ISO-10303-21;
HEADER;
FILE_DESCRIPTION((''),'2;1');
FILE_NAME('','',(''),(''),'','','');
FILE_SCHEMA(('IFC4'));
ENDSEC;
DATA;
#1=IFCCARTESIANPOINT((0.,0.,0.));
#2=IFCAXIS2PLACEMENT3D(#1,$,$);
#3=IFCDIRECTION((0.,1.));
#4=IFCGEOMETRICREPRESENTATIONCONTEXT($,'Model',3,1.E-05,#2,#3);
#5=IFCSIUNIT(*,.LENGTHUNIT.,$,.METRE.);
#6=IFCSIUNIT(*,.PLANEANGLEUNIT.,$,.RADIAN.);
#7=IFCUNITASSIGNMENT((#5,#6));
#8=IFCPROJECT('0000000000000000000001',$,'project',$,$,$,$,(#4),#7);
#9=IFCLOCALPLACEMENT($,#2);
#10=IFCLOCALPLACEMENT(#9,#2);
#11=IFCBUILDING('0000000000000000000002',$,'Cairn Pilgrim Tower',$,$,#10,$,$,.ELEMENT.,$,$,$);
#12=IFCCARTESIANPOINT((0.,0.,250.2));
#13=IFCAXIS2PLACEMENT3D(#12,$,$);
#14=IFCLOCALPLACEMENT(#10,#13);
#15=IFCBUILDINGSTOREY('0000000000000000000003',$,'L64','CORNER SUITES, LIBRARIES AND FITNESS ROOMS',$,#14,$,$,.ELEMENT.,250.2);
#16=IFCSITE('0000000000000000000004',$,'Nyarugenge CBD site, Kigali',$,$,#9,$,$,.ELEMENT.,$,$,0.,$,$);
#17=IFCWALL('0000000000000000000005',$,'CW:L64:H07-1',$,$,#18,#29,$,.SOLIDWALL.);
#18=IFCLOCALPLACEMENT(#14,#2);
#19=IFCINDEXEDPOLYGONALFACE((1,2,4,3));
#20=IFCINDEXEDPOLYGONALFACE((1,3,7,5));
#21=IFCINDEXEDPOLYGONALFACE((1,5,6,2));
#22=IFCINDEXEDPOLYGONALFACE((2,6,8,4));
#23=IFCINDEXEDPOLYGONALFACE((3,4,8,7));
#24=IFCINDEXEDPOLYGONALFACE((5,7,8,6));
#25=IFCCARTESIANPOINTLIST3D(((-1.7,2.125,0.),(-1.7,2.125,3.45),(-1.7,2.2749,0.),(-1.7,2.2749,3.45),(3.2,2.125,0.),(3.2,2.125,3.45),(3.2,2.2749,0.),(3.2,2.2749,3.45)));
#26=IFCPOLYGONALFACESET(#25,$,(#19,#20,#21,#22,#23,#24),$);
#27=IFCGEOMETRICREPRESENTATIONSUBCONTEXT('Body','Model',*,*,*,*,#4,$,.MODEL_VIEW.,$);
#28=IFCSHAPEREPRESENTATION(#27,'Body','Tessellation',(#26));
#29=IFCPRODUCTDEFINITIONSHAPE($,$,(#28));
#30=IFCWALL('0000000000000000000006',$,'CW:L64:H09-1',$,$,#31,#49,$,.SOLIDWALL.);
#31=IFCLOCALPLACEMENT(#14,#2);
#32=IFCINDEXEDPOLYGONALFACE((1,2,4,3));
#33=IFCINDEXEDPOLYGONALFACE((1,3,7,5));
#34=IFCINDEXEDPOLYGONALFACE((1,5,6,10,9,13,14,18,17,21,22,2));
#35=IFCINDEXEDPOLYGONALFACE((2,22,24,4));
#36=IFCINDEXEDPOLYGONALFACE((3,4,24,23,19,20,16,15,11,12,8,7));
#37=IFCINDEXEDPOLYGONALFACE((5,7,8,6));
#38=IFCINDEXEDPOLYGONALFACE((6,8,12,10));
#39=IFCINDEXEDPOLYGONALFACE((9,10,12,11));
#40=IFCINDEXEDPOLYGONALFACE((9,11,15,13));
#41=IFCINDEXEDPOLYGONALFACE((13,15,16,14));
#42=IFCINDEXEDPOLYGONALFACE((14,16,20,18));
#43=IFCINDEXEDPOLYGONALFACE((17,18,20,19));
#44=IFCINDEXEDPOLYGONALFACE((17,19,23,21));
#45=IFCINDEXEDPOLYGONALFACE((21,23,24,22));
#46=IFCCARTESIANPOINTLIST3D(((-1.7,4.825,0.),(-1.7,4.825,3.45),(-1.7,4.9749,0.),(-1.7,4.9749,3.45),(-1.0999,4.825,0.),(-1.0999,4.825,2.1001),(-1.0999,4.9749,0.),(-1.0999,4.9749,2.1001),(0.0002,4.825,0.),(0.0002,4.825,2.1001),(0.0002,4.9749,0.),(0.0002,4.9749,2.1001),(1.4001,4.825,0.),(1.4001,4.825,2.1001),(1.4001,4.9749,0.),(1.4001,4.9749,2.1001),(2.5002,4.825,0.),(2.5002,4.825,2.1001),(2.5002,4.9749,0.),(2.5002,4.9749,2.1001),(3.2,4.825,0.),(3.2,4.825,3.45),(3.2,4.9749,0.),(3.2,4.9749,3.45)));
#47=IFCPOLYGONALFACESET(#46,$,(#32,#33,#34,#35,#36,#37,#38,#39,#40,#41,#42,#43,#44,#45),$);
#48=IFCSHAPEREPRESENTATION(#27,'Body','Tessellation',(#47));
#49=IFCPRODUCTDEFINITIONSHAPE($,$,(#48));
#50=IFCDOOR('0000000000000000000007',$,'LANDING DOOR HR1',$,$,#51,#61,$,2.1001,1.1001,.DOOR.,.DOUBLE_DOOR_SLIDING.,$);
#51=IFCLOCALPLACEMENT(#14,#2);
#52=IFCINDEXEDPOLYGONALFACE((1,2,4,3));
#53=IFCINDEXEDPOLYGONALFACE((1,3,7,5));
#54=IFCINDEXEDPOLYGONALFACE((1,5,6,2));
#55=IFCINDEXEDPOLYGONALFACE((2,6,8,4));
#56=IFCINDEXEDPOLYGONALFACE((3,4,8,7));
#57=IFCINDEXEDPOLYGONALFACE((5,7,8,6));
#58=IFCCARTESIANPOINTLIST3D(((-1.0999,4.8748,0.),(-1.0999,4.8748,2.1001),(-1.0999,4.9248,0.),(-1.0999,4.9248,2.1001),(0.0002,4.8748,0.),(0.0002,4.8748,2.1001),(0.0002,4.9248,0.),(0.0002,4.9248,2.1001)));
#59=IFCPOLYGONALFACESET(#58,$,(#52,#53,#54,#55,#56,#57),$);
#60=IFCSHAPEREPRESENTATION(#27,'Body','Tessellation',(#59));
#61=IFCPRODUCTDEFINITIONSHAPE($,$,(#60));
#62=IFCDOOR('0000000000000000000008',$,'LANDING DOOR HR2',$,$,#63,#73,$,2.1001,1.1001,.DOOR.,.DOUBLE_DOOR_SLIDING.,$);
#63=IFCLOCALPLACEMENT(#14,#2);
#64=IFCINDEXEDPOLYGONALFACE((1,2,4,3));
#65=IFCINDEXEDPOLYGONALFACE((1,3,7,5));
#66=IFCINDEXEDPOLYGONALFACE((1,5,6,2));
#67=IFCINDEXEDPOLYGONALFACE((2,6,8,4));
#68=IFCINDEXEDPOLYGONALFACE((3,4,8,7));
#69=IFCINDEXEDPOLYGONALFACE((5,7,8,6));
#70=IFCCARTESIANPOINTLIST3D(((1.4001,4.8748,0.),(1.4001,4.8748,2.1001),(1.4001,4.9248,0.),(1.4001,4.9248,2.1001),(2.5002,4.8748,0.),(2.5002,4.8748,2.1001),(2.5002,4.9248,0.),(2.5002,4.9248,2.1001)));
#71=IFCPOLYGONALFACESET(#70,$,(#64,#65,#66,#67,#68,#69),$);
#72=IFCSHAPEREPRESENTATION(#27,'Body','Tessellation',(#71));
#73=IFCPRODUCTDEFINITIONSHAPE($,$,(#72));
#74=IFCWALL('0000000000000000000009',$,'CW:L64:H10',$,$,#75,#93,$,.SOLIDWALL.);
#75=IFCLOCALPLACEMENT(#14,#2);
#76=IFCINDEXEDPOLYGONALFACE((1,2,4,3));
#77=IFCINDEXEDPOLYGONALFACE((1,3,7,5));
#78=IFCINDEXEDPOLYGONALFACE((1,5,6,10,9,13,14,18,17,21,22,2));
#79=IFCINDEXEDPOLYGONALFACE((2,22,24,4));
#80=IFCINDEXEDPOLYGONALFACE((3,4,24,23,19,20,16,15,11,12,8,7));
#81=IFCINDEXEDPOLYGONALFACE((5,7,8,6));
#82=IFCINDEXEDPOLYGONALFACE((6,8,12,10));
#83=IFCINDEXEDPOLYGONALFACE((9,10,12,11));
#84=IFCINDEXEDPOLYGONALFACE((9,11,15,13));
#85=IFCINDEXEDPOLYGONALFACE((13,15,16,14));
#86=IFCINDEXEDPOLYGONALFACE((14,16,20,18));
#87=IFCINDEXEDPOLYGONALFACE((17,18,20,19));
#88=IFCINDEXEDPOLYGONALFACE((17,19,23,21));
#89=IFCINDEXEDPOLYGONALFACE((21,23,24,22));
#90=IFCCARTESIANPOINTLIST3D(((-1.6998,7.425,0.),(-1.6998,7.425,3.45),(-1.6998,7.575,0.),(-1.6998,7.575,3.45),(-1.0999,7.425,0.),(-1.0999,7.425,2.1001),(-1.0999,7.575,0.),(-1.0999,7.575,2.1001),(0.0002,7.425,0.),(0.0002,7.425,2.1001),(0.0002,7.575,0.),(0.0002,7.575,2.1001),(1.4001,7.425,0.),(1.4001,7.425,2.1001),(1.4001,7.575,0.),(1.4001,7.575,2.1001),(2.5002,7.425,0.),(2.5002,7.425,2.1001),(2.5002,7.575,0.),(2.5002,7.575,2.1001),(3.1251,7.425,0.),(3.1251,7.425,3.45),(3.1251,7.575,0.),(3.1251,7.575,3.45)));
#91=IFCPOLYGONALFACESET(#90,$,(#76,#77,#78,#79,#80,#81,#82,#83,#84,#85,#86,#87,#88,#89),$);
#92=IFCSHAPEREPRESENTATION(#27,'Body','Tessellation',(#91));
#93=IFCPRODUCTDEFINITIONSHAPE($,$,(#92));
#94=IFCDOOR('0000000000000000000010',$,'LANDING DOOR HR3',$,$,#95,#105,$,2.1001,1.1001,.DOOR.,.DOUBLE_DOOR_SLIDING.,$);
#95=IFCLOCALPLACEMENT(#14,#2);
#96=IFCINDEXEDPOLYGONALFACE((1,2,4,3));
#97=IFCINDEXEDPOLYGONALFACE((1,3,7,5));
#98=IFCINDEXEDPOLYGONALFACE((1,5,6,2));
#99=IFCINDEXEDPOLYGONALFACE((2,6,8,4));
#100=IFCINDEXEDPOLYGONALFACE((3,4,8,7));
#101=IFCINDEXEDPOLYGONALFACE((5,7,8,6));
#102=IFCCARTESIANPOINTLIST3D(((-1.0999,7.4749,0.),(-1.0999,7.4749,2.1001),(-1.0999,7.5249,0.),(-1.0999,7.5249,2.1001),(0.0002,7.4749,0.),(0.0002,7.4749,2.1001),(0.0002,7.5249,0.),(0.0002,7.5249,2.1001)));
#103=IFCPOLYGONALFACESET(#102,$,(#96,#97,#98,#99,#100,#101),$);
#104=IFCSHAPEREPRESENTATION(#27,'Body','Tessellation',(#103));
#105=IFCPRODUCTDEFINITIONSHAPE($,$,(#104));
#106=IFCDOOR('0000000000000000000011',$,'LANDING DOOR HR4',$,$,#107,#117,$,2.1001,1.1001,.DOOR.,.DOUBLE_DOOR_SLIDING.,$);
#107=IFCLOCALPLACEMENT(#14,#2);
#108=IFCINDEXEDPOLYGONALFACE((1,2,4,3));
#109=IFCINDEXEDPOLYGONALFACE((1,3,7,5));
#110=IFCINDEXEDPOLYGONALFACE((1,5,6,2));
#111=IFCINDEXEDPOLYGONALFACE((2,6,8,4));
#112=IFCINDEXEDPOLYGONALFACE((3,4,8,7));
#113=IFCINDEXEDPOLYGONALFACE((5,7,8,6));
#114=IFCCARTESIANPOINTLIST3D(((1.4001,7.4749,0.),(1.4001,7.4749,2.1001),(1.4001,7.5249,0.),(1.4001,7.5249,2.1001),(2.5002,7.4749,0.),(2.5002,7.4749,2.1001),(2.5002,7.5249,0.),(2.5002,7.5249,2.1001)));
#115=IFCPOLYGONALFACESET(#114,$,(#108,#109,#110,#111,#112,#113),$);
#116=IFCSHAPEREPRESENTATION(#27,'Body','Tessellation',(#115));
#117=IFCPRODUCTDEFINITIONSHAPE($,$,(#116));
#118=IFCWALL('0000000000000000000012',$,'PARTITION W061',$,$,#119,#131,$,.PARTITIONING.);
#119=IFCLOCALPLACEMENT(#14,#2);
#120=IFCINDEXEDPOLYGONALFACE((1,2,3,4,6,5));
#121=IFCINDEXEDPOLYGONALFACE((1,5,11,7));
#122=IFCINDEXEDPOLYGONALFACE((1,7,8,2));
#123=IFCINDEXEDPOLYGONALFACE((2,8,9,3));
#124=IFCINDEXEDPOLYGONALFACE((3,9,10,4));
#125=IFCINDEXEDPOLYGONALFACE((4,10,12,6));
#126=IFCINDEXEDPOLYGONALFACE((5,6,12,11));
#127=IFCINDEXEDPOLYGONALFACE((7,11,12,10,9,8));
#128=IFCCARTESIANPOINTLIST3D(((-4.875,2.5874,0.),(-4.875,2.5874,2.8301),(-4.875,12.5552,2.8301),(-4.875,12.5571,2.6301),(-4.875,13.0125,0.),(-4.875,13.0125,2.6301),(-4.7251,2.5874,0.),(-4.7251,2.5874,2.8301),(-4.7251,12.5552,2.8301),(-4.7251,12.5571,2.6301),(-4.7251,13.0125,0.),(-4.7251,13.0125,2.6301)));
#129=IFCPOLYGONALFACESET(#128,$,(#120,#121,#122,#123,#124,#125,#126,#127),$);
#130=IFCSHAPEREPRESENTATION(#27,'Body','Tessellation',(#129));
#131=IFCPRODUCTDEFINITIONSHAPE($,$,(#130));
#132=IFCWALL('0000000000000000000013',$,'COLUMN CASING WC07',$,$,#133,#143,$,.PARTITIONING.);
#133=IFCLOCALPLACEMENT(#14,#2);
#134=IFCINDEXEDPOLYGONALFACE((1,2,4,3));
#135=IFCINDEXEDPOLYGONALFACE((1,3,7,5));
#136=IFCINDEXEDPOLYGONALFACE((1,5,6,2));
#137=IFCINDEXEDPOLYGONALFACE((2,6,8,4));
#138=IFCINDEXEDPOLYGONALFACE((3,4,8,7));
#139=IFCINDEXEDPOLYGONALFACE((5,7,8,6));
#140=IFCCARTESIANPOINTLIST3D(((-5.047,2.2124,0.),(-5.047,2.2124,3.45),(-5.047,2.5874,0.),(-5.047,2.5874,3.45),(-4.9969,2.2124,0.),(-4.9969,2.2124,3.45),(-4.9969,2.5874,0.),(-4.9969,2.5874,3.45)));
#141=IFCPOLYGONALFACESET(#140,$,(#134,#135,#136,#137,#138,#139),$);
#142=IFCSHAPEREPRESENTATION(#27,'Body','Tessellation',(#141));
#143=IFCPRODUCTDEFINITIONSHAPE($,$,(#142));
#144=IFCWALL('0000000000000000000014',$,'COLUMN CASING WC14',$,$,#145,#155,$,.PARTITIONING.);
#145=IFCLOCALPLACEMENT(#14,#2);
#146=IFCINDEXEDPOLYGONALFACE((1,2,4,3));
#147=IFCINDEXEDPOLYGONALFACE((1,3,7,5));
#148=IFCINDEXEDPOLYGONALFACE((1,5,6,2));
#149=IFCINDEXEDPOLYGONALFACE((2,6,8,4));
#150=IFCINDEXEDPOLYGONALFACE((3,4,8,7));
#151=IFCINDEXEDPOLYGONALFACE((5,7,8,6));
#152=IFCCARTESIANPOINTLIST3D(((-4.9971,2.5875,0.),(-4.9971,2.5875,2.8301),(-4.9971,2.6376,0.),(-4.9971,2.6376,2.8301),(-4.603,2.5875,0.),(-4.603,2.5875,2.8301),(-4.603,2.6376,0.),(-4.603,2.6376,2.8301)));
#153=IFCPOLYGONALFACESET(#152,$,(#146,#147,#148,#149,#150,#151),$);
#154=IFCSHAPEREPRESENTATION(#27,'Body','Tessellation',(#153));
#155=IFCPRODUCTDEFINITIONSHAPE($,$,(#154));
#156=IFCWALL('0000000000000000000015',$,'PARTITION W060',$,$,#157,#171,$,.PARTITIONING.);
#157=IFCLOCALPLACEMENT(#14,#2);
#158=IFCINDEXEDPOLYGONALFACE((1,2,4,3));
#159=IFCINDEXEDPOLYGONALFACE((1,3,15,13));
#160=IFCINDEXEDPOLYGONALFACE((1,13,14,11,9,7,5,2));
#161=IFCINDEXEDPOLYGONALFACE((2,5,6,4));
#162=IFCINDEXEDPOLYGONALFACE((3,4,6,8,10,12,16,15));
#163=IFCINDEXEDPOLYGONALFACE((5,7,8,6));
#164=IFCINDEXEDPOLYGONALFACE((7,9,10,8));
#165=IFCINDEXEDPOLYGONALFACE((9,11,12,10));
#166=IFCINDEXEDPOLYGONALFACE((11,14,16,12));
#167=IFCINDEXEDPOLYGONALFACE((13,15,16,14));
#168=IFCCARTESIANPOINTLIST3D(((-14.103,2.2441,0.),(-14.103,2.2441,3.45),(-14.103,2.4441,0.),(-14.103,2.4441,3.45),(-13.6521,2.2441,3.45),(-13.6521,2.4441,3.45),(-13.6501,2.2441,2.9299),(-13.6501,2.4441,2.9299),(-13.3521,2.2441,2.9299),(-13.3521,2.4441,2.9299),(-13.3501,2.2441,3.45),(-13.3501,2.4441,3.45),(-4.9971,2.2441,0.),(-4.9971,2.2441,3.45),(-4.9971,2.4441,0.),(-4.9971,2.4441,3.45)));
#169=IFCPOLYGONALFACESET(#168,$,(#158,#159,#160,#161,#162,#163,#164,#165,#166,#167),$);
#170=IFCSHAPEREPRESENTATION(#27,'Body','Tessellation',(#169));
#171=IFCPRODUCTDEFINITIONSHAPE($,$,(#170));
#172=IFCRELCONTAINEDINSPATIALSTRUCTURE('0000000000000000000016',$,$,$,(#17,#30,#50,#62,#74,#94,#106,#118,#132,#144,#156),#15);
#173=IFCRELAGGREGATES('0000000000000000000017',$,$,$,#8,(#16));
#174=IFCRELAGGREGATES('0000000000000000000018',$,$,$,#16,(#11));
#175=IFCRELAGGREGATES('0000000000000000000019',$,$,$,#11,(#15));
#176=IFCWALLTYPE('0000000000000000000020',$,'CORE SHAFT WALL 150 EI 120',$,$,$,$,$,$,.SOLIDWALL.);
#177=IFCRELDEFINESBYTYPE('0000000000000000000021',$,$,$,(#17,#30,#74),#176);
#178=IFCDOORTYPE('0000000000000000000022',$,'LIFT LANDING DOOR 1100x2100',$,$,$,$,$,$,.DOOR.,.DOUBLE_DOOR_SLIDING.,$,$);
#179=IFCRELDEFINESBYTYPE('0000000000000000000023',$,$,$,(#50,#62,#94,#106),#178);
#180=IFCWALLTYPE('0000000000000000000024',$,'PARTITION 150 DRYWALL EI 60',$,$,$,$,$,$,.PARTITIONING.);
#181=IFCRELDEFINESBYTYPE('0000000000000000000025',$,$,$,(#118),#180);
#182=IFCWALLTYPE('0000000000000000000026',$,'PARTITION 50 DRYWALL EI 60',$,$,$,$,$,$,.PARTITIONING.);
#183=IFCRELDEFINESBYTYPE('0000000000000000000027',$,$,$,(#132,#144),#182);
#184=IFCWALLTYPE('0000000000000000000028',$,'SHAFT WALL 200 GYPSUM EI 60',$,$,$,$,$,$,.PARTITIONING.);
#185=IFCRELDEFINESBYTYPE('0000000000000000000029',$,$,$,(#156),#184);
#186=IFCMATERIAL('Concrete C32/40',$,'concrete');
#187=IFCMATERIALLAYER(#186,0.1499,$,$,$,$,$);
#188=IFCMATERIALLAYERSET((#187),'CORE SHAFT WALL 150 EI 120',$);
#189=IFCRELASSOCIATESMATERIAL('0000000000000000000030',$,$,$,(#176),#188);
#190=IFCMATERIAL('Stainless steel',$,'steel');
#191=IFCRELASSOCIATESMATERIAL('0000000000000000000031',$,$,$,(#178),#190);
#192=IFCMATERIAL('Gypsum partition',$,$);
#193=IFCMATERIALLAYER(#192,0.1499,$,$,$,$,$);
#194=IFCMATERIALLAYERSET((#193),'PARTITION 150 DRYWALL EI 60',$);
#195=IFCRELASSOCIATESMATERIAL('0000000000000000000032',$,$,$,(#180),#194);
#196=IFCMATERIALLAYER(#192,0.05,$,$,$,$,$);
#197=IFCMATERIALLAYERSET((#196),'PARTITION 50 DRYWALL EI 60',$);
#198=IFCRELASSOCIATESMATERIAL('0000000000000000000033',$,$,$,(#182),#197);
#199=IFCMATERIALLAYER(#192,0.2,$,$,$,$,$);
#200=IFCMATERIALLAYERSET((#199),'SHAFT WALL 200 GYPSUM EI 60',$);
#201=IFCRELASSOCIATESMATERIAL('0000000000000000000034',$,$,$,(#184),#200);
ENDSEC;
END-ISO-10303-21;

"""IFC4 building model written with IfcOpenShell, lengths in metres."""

from ifc_helpers import new_model, si_unit, direction, frame, frame_2d, origin, place, context, subcontext, project, spatial, polyline, rectangle, outline, extrude, material, layer, layer_set, type_object, element, fill, save


model = new_model("IFC4")

# Units and contexts
model_context = context("Model", 3, precision=1e-05, world=origin(), true_north=direction((0.0, 1.0)))
body_context = subcontext(model_context, "Body", "Model", "MODEL_VIEW")
ifc_project = project(units=[si_unit("LENGTHUNIT", "METRE"), si_unit("PLANEANGLEUNIT", "RADIAN")], contexts=[model_context])

# Site, building, storey
site_placement = place(None, origin())
site = spatial("IfcSite", under=ifc_project, at=site_placement, Name="Nyarugenge CBD site, Kigali", CompositionType="ELEMENT", RefElevation=0.0)
building_placement = place(site_placement, origin())
building = spatial("IfcBuilding", under=site, at=building_placement, Name="Cairn Pilgrim Tower", CompositionType="ELEMENT")
storey_placement = place(building_placement, frame((0.0, 0.0, 250.2)))
storey = spatial("IfcBuildingStorey", under=building, at=storey_placement, Name="L64", Description="CORNER SUITES, LIBRARIES AND FITNESS ROOMS", CompositionType="ELEMENT", Elevation=250.2)

# Shared definitions
ifc_material_1 = material(Name="Concrete C32/40", Category="concrete")

# Wall
ifc_layer_1 = layer(ifc_material_1, 0.1499)
ifc_layer_set_1 = layer_set([ifc_layer_1], Name="CORE SHAFT WALL 150 EI 120")
wall_type_1 = type_object("IfcWallType", Name="CORE SHAFT WALL 150 EI 120", PredefinedType="SOLIDWALL", material=ifc_layer_set_1)
wall_1_placement = place(storey_placement, frame((-1.7, 2.2, 0.0), z_axis=(0.0, 0.0, 1.0), x_axis=(1.0, 0.0, 0.0)))
element("IfcWall", 1, at=wall_1_placement, inside=storey, type_object=wall_type_1, Name="CW:L64:H07-1", PredefinedType="SOLIDWALL", context=body_context, shape_type="SweptSolid", body=[
    extrude(rectangle(XDim=4.8999, YDim=0.1499, at=frame_2d((2.45, 0.0))), origin(), (0.0, 0.0, 1.0), 3.45),
])

# Walls, openings, doors
wall_2_placement = place(storey_placement, frame((-1.7, 4.8999, 0.0), z_axis=(0.0, 0.0, 1.0), x_axis=(1.0, 0.0, 0.0)))
wall_2 = element("IfcWall", 2, at=wall_2_placement, inside=storey, type_object=wall_type_1, Name="CW:L64:H09-1", PredefinedType="SOLIDWALL", context=body_context, shape_type="SweptSolid", body=[
    extrude(rectangle(XDim=4.8999, YDim=0.1499, at=frame_2d((2.45, 0.0))), origin(), (0.0, 0.0, 1.0), 3.45),
])
opening_1_placement = place(wall_2_placement, frame((0.6001, 0.0, 0.0)))
opening_1 = element("IfcOpeningElement", 3, at=opening_1_placement, cuts=wall_2, PredefinedType="OPENING", context=body_context, shape_type="SweptSolid", body=[
    extrude(rectangle(XDim=1.1001, YDim=2.1001, at=frame_2d((0.55, 1.05))), frame((0.0, 0.085, 0.0), z_axis=(0.0, -1.0, 0.0), x_axis=(1.0, 0.0, 0.0)), (0.0, 0.0, 1.0), 0.1699),
])
opening_2_placement = place(wall_2_placement, frame((3.1001, 0.0, 0.0)))
opening_2 = element("IfcOpeningElement", 4, at=opening_2_placement, cuts=wall_2, PredefinedType="OPENING", context=body_context, shape_type="SweptSolid", body=[
    extrude(rectangle(XDim=1.1001, YDim=2.1001, at=frame_2d((0.55, 1.05))), frame((0.0, 0.085, 0.0), z_axis=(0.0, -1.0, 0.0), x_axis=(1.0, 0.0, 0.0)), (0.0, 0.0, 1.0), 0.1699),
])
ifc_material_2 = material(Name="Stainless steel", Category="steel")
door_type = type_object("IfcDoorType", Name="LIFT LANDING DOOR 1100x2100", OperationType="DOUBLE_DOOR_SLIDING", PredefinedType="DOOR", material=ifc_material_2)
door_1_placement = place(opening_1_placement, origin())
door_1 = element("IfcDoor", 5, at=door_1_placement, inside=storey, type_object=door_type, Name="LANDING DOOR HR1", OperationType="DOUBLE_DOOR_SLIDING", OverallHeight=2.1001, OverallWidth=1.1001, PredefinedType="DOOR", context=body_context, shape_type="SweptSolid", body=[
    extrude(rectangle(XDim=1.1001, YDim=2.1001, at=frame_2d((0.55, 1.05))), frame((0.0, 0.0249, 0.0), z_axis=(0.0, -1.0, 0.0), x_axis=(1.0, 0.0, 0.0)), (0.0, 0.0, 1.0), 0.05),
])
fill(opening_1, door_1)
door_2_placement = place(opening_2_placement, origin())
door_2 = element("IfcDoor", 6, at=door_2_placement, inside=storey, type_object=door_type, Name="LANDING DOOR HR2", OperationType="DOUBLE_DOOR_SLIDING", OverallHeight=2.1001, OverallWidth=1.1001, PredefinedType="DOOR", context=body_context, shape_type="SweptSolid", body=[
    extrude(rectangle(XDim=1.1001, YDim=2.1001, at=frame_2d((0.55, 1.05))), frame((0.0, 0.0249, 0.0), z_axis=(0.0, -1.0, 0.0), x_axis=(1.0, 0.0, 0.0)), (0.0, 0.0, 1.0), 0.05),
])
fill(opening_2, door_2)
wall_3_placement = place(storey_placement, frame((-1.7, 7.5, 0.0), z_axis=(0.0, 0.0, 1.0), x_axis=(1.0, 0.0, 0.0)))
wall_3 = element("IfcWall", 7, at=wall_3_placement, inside=storey, type_object=wall_type_1, Name="CW:L64:H10", PredefinedType="SOLIDWALL", context=body_context, shape_type="SweptSolid", body=[
    extrude(rectangle(XDim=4.825, YDim=0.1499, at=frame_2d((2.4126, 0.0))), origin(), (0.0, 0.0, 1.0), 3.45),
])
opening_3_placement = place(wall_3_placement, frame((0.6001, 0.0, 0.0)))
opening_3 = element("IfcOpeningElement", 8, at=opening_3_placement, cuts=wall_3, PredefinedType="OPENING", context=body_context, shape_type="SweptSolid", body=[
    extrude(rectangle(XDim=1.1001, YDim=2.1001, at=frame_2d((0.55, 1.05))), frame((0.0, 0.085, 0.0), z_axis=(0.0, -1.0, 0.0), x_axis=(1.0, 0.0, 0.0)), (0.0, 0.0, 1.0), 0.1699),
])
opening_4_placement = place(wall_3_placement, frame((3.1001, 0.0, 0.0)))
opening_4 = element("IfcOpeningElement", 9, at=opening_4_placement, cuts=wall_3, PredefinedType="OPENING", context=body_context, shape_type="SweptSolid", body=[
    extrude(rectangle(XDim=1.1001, YDim=2.1001, at=frame_2d((0.55, 1.05))), frame((0.0, 0.085, 0.0), z_axis=(0.0, -1.0, 0.0), x_axis=(1.0, 0.0, 0.0)), (0.0, 0.0, 1.0), 0.1699),
])
door_3_placement = place(opening_3_placement, origin())
door_3 = element("IfcDoor", 10, at=door_3_placement, inside=storey, type_object=door_type, Name="LANDING DOOR HR3", OperationType="DOUBLE_DOOR_SLIDING", OverallHeight=2.1001, OverallWidth=1.1001, PredefinedType="DOOR", context=body_context, shape_type="SweptSolid", body=[
    extrude(rectangle(XDim=1.1001, YDim=2.1001, at=frame_2d((0.55, 1.05))), frame((0.0, 0.0249, 0.0), z_axis=(0.0, -1.0, 0.0), x_axis=(1.0, 0.0, 0.0)), (0.0, 0.0, 1.0), 0.05),
])
fill(opening_3, door_3)
door_4_placement = place(opening_4_placement, origin())
door_4 = element("IfcDoor", 11, at=door_4_placement, inside=storey, type_object=door_type, Name="LANDING DOOR HR4", OperationType="DOUBLE_DOOR_SLIDING", OverallHeight=2.1001, OverallWidth=1.1001, PredefinedType="DOOR", context=body_context, shape_type="SweptSolid", body=[
    extrude(rectangle(XDim=1.1001, YDim=2.1001, at=frame_2d((0.55, 1.05))), frame((0.0, 0.0249, 0.0), z_axis=(0.0, -1.0, 0.0), x_axis=(1.0, 0.0, 0.0)), (0.0, 0.0, 1.0), 0.05),
])
fill(opening_4, door_4)

# Walls
ifc_material_3 = material(Name="Gypsum partition")
ifc_layer_2 = layer(ifc_material_3, 0.1499)
ifc_layer_set_2 = layer_set([ifc_layer_2], Name="PARTITION 150 DRYWALL EI 60")
wall_type_2 = type_object("IfcWallType", Name="PARTITION 150 DRYWALL EI 60", PredefinedType="PARTITIONING", material=ifc_layer_set_2)
wall_4_placement = place(storey_placement, frame((-4.8, 2.5874, 0.0), z_axis=(0.0, 0.0, 1.0), x_axis=(0.0, 1.0, 0.0)))
element("IfcWall", 12, at=wall_4_placement, inside=storey, type_object=wall_type_2, Name="PARTITION W061", PredefinedType="PARTITIONING", context=body_context, shape_type="SweptSolid", body=[
    extrude(outline(polyline([(0.0, 0.0), (10.425, 0.0), (10.425, 2.6301), (9.9697, 2.6301), (9.9678, 2.8301), (0.0, 2.8301), (0.0, 0.0)])), frame((0.0, 0.075, 0.0), z_axis=(0.0, -1.0, 0.0), x_axis=(1.0, 0.0, 0.0)), (0.0, 0.0, 1.0), 0.1499),
])
ifc_layer_3 = layer(ifc_material_3, 0.05)
ifc_layer_set_3 = layer_set([ifc_layer_3], Name="PARTITION 50 DRYWALL EI 60")
wall_type_3 = type_object("IfcWallType", Name="PARTITION 50 DRYWALL EI 60", PredefinedType="PARTITIONING", material=ifc_layer_set_3)
wall_5_placement = place(storey_placement, frame((-5.022, 2.2124, 0.0), z_axis=(0.0, 0.0, 1.0), x_axis=(0.0, 1.0, 0.0)))
element("IfcWall", 13, at=wall_5_placement, inside=storey, type_object=wall_type_3, Name="COLUMN CASING WC07", PredefinedType="PARTITIONING", context=body_context, shape_type="SweptSolid", body=[
    extrude(rectangle(XDim=0.375, YDim=0.05, at=frame_2d((0.1875, 0.0))), origin(), (0.0, 0.0, 1.0), 3.45),
])
wall_6_placement = place(storey_placement, frame((-4.9971, 2.6125, 0.0), z_axis=(0.0, 0.0, 1.0), x_axis=(1.0, 0.0, 0.0)))
element("IfcWall", 14, at=wall_6_placement, inside=storey, type_object=wall_type_3, Name="COLUMN CASING WC14", PredefinedType="PARTITIONING", context=body_context, shape_type="SweptSolid", body=[
    extrude(rectangle(XDim=0.394, YDim=0.05, at=frame_2d((0.197, 0.0))), origin(), (0.0, 0.0, 1.0), 2.8301),
])
ifc_layer_4 = layer(ifc_material_3, 0.2)
ifc_layer_set_4 = layer_set([ifc_layer_4], Name="SHAFT WALL 200 GYPSUM EI 60")
wall_type_4 = type_object("IfcWallType", Name="SHAFT WALL 200 GYPSUM EI 60", PredefinedType="PARTITIONING", material=ifc_layer_set_4)
wall_7_placement = place(storey_placement, frame((-14.103, 2.344, 0.0), z_axis=(0.0, 0.0, 1.0), x_axis=(1.0, 0.0, 0.0)))
element("IfcWall", 15, at=wall_7_placement, inside=storey, type_object=wall_type_4, Name="PARTITION W060", PredefinedType="PARTITIONING", context=body_context, shape_type="SweptSolid", body=[
    extrude(outline(polyline([(0.0, 0.0), (9.106, 0.0), (9.106, 3.45), (0.7529, 3.45), (0.751, 2.9299), (0.4529, 2.9299), (0.4509, 3.45), (0.0, 3.45), (0.0, 0.0)])), frame((0.0, 0.1001, 0.0), z_axis=(0.0, -1.0, 0.0), x_axis=(1.0, 0.0, 0.0)), (0.0, 0.0, 1.0), 0.2),
])

save(model, "model.ifc")
